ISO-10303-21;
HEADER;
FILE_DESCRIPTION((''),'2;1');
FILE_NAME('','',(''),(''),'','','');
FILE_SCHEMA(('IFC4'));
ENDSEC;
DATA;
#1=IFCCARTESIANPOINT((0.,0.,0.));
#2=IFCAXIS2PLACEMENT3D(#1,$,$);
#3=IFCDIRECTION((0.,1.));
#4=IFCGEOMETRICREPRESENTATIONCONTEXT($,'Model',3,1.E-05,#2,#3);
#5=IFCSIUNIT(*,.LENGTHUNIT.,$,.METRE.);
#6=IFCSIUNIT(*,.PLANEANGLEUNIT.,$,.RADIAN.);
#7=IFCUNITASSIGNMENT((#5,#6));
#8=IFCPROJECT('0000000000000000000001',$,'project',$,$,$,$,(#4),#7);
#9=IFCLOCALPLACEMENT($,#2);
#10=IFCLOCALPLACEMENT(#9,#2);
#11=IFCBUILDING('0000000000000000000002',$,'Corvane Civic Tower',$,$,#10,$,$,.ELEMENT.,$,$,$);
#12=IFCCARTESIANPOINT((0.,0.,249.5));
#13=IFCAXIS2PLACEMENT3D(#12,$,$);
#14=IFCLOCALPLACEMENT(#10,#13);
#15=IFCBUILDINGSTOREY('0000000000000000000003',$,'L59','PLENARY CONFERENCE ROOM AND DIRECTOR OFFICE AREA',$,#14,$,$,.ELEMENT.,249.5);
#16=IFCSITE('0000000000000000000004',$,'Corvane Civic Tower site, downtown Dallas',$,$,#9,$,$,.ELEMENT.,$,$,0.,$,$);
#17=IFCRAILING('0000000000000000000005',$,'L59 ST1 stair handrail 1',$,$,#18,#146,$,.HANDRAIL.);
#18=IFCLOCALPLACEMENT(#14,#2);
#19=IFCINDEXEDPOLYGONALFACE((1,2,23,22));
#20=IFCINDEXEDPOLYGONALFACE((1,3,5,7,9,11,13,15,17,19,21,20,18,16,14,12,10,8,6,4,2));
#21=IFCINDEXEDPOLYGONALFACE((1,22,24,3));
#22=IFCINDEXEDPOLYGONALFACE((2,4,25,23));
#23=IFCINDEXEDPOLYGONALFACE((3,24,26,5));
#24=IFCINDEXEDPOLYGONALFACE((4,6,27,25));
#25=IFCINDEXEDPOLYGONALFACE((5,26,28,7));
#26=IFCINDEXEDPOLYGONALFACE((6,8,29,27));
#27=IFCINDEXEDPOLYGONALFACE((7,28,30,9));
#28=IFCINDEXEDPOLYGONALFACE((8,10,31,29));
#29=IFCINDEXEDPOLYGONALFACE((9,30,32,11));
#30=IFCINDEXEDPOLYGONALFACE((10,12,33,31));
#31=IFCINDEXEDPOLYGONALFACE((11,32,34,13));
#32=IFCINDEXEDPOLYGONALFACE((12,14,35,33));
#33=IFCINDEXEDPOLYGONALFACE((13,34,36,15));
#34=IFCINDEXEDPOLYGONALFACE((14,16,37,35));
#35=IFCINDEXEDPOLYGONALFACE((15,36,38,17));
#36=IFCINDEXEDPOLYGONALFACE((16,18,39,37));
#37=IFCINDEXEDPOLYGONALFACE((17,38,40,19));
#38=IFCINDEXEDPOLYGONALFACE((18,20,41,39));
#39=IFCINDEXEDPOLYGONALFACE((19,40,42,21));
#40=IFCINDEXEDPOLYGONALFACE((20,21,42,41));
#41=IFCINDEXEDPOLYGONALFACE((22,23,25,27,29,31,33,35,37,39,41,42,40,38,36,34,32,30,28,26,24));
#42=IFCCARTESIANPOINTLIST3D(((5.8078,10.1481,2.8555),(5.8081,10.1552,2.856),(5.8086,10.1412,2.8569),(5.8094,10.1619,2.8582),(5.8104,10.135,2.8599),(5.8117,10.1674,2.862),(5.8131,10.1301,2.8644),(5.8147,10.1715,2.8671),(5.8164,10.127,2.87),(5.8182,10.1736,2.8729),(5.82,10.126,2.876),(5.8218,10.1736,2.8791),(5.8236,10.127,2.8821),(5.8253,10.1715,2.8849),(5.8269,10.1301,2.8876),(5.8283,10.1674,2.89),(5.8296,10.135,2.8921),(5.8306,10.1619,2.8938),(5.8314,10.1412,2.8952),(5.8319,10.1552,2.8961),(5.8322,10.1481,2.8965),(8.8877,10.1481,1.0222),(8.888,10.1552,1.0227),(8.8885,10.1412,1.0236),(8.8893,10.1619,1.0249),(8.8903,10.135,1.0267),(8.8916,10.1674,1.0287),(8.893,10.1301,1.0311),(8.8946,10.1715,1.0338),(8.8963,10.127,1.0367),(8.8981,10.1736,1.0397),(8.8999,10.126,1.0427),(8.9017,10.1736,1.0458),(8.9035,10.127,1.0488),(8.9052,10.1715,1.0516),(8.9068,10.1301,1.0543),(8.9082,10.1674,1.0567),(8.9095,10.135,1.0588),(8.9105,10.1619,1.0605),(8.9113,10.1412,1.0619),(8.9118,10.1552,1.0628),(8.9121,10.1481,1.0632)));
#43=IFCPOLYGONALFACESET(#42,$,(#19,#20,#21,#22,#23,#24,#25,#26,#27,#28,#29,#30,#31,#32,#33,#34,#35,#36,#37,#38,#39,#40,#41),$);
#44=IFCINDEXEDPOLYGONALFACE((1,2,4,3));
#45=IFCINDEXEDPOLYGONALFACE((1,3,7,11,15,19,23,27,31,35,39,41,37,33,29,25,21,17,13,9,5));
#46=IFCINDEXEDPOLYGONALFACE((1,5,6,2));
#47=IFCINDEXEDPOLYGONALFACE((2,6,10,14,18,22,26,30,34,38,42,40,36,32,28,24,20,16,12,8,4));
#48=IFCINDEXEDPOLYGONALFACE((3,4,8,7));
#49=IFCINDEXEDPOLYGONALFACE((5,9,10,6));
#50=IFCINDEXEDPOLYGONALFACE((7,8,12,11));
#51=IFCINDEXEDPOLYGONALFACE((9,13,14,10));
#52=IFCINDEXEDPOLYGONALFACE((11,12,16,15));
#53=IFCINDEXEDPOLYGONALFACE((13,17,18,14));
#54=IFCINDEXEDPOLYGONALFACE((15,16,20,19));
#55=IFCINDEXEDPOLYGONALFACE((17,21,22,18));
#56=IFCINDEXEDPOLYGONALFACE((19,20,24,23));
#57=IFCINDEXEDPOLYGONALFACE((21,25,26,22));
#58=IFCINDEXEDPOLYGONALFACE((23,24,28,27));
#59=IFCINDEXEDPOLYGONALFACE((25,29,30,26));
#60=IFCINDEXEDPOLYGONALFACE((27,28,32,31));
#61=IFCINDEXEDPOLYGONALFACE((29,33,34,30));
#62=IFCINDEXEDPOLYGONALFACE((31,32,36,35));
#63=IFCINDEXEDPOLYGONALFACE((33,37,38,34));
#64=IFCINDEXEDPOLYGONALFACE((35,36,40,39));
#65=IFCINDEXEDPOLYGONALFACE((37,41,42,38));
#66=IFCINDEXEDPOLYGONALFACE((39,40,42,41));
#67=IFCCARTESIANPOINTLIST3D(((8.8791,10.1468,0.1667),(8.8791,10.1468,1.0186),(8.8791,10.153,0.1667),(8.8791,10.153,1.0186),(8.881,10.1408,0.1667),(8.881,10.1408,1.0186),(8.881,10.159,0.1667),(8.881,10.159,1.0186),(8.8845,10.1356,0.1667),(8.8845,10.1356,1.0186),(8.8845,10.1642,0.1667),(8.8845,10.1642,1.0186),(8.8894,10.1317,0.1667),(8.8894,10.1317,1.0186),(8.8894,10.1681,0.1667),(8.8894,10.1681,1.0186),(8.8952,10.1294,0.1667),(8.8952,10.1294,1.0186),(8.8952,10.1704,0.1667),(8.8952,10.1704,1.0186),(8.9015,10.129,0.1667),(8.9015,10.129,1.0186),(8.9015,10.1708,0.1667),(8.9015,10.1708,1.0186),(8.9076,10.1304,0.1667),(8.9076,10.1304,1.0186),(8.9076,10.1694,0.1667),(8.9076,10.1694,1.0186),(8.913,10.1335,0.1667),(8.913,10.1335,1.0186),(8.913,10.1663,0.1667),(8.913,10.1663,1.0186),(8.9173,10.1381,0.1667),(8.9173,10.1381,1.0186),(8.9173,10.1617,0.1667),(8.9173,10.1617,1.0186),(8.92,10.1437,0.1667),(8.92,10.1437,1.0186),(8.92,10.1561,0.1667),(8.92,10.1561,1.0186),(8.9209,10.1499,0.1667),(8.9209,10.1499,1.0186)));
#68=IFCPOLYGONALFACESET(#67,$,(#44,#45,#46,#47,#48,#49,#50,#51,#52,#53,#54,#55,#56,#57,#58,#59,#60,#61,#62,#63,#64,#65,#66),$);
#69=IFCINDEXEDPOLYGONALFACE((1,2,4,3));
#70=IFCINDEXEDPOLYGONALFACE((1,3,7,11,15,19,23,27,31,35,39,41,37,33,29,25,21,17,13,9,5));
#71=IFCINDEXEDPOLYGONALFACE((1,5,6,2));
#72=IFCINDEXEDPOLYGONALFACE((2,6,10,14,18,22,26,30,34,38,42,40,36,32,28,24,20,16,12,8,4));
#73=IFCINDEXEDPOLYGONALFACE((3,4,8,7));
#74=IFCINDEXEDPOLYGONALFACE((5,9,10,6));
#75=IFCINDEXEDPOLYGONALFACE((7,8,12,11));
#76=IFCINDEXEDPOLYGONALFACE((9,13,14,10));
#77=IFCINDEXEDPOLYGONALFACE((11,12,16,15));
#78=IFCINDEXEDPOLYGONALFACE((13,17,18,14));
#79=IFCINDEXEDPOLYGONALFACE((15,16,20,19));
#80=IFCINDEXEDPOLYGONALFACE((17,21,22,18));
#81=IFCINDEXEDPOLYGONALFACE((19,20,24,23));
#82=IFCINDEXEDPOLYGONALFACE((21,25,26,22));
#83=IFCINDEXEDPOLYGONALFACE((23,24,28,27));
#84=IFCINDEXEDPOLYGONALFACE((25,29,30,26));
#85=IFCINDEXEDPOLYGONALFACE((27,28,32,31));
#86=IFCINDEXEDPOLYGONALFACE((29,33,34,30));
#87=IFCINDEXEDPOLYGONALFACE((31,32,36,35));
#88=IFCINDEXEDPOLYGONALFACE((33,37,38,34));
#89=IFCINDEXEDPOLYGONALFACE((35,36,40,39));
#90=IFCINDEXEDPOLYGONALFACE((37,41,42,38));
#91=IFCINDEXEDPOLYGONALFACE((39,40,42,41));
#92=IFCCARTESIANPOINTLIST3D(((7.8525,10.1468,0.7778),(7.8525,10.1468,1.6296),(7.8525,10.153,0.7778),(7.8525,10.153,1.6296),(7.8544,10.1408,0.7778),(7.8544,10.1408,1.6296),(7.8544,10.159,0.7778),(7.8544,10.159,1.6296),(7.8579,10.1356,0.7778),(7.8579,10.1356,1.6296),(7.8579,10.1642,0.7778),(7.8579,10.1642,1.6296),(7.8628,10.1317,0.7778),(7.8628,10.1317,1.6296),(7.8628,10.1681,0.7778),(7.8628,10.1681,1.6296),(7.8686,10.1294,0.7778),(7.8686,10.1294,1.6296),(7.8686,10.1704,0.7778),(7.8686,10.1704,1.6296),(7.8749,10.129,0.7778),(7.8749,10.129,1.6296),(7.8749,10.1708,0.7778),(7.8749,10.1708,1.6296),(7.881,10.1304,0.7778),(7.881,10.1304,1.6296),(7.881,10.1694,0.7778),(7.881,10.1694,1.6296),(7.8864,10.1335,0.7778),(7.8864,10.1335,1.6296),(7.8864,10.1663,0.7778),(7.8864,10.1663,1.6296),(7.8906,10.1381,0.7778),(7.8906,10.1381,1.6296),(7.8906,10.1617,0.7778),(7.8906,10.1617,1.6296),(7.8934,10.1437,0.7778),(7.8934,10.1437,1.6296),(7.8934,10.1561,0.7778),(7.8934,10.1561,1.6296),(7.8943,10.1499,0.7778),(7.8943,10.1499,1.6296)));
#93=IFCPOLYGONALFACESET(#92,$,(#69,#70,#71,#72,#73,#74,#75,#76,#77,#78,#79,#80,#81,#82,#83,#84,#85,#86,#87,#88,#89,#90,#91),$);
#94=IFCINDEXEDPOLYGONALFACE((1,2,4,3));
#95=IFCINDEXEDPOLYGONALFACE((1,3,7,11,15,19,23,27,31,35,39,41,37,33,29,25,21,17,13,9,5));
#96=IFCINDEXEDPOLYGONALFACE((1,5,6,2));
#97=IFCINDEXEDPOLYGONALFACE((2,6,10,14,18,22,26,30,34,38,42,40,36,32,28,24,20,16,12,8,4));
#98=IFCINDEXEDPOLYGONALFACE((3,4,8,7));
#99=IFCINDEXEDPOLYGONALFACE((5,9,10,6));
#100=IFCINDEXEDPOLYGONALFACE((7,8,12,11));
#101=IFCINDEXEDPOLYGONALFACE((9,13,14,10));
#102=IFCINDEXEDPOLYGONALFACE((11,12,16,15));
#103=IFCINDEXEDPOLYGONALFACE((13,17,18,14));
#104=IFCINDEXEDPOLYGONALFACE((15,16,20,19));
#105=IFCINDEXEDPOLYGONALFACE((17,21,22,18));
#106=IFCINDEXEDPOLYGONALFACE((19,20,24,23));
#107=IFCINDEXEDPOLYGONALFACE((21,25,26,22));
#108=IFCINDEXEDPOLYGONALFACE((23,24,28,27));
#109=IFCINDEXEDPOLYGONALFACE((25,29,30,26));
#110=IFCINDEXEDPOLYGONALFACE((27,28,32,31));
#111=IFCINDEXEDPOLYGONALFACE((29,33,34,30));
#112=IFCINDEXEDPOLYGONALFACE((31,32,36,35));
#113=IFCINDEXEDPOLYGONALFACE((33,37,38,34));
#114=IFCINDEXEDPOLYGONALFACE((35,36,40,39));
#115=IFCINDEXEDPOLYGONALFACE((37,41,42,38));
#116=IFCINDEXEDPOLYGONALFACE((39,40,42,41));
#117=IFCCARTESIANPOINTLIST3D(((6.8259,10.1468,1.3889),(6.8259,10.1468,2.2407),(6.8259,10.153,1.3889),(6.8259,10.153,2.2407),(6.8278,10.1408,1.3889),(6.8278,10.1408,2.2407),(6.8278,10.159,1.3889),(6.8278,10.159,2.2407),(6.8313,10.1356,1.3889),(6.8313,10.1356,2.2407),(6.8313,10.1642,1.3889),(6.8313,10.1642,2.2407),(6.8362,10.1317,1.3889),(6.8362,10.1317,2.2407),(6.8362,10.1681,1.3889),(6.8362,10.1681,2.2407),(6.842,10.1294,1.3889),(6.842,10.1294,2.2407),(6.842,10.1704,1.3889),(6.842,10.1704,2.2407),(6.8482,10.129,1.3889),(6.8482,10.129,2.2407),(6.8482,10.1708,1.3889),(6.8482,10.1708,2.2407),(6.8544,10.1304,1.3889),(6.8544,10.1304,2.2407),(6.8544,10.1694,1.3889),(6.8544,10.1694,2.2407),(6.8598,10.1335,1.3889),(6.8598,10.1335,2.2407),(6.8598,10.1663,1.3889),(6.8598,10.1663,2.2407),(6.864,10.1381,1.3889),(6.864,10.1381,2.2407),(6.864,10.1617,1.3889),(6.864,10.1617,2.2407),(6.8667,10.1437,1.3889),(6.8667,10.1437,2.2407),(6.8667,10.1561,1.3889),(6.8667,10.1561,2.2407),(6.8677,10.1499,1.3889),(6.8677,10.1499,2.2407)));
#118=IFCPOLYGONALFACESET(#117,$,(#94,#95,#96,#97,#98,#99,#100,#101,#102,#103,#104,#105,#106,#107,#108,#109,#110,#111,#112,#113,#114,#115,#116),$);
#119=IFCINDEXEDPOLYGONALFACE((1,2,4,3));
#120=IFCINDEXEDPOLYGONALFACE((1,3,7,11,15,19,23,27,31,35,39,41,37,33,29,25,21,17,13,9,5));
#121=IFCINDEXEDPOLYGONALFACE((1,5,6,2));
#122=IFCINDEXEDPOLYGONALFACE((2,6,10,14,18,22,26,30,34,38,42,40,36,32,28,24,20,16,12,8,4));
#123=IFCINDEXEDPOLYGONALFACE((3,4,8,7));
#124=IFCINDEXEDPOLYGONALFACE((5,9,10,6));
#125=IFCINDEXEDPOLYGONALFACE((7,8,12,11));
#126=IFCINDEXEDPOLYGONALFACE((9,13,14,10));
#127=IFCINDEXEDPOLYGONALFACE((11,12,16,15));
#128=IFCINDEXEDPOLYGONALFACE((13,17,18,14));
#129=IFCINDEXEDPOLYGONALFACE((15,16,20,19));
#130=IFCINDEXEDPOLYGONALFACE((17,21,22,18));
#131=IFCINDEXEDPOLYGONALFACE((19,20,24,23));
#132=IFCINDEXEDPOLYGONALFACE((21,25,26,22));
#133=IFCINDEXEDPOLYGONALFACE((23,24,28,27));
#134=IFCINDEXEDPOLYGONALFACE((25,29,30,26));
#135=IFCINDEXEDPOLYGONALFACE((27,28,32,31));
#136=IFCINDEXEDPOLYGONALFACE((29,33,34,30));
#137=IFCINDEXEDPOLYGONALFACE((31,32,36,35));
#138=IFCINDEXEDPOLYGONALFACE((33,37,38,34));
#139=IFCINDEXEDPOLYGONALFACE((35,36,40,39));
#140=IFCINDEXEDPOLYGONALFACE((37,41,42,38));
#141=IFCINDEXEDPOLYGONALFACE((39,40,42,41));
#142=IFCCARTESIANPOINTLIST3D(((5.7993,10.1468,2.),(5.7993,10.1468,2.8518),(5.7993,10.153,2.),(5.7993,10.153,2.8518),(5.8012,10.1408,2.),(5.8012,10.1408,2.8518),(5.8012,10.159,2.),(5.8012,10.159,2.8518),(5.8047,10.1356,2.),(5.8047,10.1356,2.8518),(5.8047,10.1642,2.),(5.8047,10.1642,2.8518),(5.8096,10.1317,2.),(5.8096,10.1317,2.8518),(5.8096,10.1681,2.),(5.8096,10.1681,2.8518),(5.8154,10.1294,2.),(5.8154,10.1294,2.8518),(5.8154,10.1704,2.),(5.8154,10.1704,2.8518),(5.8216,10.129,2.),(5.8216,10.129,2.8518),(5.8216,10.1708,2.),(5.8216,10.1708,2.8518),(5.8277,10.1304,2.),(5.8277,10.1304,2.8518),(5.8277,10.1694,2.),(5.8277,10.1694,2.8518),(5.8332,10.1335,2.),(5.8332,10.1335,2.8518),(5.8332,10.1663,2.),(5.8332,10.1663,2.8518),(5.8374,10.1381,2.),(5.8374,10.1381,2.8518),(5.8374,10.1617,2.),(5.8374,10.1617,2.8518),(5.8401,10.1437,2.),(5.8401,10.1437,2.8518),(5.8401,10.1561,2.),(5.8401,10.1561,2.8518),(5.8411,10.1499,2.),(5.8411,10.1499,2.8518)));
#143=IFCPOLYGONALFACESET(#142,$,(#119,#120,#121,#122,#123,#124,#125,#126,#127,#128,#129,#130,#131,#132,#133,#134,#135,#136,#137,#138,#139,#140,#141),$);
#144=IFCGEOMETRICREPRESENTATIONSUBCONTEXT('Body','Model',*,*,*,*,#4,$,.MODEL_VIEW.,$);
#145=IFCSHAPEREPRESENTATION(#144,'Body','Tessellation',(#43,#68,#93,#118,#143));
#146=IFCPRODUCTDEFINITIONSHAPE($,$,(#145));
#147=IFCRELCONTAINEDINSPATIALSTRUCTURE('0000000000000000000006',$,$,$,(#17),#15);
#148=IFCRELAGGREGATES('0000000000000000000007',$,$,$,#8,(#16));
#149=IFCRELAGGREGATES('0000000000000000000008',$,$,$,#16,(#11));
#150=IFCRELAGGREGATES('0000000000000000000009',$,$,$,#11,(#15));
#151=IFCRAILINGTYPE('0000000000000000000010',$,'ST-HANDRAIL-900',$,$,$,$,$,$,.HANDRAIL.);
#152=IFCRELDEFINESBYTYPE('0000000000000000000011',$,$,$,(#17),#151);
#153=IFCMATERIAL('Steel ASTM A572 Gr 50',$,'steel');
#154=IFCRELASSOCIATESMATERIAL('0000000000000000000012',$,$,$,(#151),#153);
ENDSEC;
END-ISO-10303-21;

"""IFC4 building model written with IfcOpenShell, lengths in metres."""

from ifc_helpers import new_model, si_unit, direction, frame, origin, origin_2d, place, context, subcontext, project, spatial, circle, extrude, material, type_object, element, save


model = new_model("IFC4")

# Units and contexts
model_context = context("Model", 3, precision=1e-05, world=origin(), true_north=direction((0.0, 1.0)))
body_context = subcontext(model_context, "Body", "Model", "MODEL_VIEW")
ifc_project = project(units=[si_unit("LENGTHUNIT", "METRE"), si_unit("PLANEANGLEUNIT", "RADIAN")], contexts=[model_context])

# Site, building, storey
site_placement = place(None, origin())
site = spatial("IfcSite", under=ifc_project, at=site_placement, Name="Corvane Civic Tower site, downtown Dallas", CompositionType="ELEMENT", RefElevation=0.0)
building_placement = place(site_placement, origin())
building = spatial("IfcBuilding", under=site, at=building_placement, Name="Corvane Civic Tower", CompositionType="ELEMENT")
storey_placement = place(building_placement, frame((0.0, 0.0, 249.5)))
storey = spatial("IfcBuildingStorey", under=building, at=storey_placement, Name="L59", Description="PLENARY CONFERENCE ROOM AND DIRECTOR OFFICE AREA", CompositionType="ELEMENT", Elevation=249.5)

# Railing
ifc_material_1 = material(Name="Steel ASTM A572 Gr 50", Category="steel")
railing_type_1 = type_object("IfcRailingType", Name="ST-HANDRAIL-900", PredefinedType="HANDRAIL", material=ifc_material_1)
railing_1_placement = place(storey_placement, frame((8.8999, 10.1499, 0.1667)))
element("IfcRailing", 1, at=railing_1_placement, inside=storey, type_object=railing_type_1, Name="L59 ST1 stair handrail 1", PredefinedType="HANDRAIL", context=body_context, shape_type="SweptSolid", body=[
    extrude(circle(Radius=0.0239, at=origin_2d()), frame((0.0, 0.0, 0.876), z_axis=(-0.859291, 0.0, 0.511487), x_axis=(0.0, -1.0, 0.0)), (0.0, 0.0, 1.0), 3.5842),
    extrude(circle(Radius=0.021, at=origin_2d()), origin(), (0.0, 0.0, 1.0), 0.8518),
    extrude(circle(Radius=0.021, at=origin_2d()), frame((-1.0266, 0.0, 0.6111)), (0.0, 0.0, 1.0), 0.8518),
    extrude(circle(Radius=0.021, at=origin_2d()), frame((-2.0532, 0.0, 1.2222)), (0.0, 0.0, 1.0), 0.8518),
    extrude(circle(Radius=0.021, at=origin_2d()), frame((-3.0798, 0.0, 1.8333)), (0.0, 0.0, 1.0), 0.8518),
])

save(model, "model.ifc")
